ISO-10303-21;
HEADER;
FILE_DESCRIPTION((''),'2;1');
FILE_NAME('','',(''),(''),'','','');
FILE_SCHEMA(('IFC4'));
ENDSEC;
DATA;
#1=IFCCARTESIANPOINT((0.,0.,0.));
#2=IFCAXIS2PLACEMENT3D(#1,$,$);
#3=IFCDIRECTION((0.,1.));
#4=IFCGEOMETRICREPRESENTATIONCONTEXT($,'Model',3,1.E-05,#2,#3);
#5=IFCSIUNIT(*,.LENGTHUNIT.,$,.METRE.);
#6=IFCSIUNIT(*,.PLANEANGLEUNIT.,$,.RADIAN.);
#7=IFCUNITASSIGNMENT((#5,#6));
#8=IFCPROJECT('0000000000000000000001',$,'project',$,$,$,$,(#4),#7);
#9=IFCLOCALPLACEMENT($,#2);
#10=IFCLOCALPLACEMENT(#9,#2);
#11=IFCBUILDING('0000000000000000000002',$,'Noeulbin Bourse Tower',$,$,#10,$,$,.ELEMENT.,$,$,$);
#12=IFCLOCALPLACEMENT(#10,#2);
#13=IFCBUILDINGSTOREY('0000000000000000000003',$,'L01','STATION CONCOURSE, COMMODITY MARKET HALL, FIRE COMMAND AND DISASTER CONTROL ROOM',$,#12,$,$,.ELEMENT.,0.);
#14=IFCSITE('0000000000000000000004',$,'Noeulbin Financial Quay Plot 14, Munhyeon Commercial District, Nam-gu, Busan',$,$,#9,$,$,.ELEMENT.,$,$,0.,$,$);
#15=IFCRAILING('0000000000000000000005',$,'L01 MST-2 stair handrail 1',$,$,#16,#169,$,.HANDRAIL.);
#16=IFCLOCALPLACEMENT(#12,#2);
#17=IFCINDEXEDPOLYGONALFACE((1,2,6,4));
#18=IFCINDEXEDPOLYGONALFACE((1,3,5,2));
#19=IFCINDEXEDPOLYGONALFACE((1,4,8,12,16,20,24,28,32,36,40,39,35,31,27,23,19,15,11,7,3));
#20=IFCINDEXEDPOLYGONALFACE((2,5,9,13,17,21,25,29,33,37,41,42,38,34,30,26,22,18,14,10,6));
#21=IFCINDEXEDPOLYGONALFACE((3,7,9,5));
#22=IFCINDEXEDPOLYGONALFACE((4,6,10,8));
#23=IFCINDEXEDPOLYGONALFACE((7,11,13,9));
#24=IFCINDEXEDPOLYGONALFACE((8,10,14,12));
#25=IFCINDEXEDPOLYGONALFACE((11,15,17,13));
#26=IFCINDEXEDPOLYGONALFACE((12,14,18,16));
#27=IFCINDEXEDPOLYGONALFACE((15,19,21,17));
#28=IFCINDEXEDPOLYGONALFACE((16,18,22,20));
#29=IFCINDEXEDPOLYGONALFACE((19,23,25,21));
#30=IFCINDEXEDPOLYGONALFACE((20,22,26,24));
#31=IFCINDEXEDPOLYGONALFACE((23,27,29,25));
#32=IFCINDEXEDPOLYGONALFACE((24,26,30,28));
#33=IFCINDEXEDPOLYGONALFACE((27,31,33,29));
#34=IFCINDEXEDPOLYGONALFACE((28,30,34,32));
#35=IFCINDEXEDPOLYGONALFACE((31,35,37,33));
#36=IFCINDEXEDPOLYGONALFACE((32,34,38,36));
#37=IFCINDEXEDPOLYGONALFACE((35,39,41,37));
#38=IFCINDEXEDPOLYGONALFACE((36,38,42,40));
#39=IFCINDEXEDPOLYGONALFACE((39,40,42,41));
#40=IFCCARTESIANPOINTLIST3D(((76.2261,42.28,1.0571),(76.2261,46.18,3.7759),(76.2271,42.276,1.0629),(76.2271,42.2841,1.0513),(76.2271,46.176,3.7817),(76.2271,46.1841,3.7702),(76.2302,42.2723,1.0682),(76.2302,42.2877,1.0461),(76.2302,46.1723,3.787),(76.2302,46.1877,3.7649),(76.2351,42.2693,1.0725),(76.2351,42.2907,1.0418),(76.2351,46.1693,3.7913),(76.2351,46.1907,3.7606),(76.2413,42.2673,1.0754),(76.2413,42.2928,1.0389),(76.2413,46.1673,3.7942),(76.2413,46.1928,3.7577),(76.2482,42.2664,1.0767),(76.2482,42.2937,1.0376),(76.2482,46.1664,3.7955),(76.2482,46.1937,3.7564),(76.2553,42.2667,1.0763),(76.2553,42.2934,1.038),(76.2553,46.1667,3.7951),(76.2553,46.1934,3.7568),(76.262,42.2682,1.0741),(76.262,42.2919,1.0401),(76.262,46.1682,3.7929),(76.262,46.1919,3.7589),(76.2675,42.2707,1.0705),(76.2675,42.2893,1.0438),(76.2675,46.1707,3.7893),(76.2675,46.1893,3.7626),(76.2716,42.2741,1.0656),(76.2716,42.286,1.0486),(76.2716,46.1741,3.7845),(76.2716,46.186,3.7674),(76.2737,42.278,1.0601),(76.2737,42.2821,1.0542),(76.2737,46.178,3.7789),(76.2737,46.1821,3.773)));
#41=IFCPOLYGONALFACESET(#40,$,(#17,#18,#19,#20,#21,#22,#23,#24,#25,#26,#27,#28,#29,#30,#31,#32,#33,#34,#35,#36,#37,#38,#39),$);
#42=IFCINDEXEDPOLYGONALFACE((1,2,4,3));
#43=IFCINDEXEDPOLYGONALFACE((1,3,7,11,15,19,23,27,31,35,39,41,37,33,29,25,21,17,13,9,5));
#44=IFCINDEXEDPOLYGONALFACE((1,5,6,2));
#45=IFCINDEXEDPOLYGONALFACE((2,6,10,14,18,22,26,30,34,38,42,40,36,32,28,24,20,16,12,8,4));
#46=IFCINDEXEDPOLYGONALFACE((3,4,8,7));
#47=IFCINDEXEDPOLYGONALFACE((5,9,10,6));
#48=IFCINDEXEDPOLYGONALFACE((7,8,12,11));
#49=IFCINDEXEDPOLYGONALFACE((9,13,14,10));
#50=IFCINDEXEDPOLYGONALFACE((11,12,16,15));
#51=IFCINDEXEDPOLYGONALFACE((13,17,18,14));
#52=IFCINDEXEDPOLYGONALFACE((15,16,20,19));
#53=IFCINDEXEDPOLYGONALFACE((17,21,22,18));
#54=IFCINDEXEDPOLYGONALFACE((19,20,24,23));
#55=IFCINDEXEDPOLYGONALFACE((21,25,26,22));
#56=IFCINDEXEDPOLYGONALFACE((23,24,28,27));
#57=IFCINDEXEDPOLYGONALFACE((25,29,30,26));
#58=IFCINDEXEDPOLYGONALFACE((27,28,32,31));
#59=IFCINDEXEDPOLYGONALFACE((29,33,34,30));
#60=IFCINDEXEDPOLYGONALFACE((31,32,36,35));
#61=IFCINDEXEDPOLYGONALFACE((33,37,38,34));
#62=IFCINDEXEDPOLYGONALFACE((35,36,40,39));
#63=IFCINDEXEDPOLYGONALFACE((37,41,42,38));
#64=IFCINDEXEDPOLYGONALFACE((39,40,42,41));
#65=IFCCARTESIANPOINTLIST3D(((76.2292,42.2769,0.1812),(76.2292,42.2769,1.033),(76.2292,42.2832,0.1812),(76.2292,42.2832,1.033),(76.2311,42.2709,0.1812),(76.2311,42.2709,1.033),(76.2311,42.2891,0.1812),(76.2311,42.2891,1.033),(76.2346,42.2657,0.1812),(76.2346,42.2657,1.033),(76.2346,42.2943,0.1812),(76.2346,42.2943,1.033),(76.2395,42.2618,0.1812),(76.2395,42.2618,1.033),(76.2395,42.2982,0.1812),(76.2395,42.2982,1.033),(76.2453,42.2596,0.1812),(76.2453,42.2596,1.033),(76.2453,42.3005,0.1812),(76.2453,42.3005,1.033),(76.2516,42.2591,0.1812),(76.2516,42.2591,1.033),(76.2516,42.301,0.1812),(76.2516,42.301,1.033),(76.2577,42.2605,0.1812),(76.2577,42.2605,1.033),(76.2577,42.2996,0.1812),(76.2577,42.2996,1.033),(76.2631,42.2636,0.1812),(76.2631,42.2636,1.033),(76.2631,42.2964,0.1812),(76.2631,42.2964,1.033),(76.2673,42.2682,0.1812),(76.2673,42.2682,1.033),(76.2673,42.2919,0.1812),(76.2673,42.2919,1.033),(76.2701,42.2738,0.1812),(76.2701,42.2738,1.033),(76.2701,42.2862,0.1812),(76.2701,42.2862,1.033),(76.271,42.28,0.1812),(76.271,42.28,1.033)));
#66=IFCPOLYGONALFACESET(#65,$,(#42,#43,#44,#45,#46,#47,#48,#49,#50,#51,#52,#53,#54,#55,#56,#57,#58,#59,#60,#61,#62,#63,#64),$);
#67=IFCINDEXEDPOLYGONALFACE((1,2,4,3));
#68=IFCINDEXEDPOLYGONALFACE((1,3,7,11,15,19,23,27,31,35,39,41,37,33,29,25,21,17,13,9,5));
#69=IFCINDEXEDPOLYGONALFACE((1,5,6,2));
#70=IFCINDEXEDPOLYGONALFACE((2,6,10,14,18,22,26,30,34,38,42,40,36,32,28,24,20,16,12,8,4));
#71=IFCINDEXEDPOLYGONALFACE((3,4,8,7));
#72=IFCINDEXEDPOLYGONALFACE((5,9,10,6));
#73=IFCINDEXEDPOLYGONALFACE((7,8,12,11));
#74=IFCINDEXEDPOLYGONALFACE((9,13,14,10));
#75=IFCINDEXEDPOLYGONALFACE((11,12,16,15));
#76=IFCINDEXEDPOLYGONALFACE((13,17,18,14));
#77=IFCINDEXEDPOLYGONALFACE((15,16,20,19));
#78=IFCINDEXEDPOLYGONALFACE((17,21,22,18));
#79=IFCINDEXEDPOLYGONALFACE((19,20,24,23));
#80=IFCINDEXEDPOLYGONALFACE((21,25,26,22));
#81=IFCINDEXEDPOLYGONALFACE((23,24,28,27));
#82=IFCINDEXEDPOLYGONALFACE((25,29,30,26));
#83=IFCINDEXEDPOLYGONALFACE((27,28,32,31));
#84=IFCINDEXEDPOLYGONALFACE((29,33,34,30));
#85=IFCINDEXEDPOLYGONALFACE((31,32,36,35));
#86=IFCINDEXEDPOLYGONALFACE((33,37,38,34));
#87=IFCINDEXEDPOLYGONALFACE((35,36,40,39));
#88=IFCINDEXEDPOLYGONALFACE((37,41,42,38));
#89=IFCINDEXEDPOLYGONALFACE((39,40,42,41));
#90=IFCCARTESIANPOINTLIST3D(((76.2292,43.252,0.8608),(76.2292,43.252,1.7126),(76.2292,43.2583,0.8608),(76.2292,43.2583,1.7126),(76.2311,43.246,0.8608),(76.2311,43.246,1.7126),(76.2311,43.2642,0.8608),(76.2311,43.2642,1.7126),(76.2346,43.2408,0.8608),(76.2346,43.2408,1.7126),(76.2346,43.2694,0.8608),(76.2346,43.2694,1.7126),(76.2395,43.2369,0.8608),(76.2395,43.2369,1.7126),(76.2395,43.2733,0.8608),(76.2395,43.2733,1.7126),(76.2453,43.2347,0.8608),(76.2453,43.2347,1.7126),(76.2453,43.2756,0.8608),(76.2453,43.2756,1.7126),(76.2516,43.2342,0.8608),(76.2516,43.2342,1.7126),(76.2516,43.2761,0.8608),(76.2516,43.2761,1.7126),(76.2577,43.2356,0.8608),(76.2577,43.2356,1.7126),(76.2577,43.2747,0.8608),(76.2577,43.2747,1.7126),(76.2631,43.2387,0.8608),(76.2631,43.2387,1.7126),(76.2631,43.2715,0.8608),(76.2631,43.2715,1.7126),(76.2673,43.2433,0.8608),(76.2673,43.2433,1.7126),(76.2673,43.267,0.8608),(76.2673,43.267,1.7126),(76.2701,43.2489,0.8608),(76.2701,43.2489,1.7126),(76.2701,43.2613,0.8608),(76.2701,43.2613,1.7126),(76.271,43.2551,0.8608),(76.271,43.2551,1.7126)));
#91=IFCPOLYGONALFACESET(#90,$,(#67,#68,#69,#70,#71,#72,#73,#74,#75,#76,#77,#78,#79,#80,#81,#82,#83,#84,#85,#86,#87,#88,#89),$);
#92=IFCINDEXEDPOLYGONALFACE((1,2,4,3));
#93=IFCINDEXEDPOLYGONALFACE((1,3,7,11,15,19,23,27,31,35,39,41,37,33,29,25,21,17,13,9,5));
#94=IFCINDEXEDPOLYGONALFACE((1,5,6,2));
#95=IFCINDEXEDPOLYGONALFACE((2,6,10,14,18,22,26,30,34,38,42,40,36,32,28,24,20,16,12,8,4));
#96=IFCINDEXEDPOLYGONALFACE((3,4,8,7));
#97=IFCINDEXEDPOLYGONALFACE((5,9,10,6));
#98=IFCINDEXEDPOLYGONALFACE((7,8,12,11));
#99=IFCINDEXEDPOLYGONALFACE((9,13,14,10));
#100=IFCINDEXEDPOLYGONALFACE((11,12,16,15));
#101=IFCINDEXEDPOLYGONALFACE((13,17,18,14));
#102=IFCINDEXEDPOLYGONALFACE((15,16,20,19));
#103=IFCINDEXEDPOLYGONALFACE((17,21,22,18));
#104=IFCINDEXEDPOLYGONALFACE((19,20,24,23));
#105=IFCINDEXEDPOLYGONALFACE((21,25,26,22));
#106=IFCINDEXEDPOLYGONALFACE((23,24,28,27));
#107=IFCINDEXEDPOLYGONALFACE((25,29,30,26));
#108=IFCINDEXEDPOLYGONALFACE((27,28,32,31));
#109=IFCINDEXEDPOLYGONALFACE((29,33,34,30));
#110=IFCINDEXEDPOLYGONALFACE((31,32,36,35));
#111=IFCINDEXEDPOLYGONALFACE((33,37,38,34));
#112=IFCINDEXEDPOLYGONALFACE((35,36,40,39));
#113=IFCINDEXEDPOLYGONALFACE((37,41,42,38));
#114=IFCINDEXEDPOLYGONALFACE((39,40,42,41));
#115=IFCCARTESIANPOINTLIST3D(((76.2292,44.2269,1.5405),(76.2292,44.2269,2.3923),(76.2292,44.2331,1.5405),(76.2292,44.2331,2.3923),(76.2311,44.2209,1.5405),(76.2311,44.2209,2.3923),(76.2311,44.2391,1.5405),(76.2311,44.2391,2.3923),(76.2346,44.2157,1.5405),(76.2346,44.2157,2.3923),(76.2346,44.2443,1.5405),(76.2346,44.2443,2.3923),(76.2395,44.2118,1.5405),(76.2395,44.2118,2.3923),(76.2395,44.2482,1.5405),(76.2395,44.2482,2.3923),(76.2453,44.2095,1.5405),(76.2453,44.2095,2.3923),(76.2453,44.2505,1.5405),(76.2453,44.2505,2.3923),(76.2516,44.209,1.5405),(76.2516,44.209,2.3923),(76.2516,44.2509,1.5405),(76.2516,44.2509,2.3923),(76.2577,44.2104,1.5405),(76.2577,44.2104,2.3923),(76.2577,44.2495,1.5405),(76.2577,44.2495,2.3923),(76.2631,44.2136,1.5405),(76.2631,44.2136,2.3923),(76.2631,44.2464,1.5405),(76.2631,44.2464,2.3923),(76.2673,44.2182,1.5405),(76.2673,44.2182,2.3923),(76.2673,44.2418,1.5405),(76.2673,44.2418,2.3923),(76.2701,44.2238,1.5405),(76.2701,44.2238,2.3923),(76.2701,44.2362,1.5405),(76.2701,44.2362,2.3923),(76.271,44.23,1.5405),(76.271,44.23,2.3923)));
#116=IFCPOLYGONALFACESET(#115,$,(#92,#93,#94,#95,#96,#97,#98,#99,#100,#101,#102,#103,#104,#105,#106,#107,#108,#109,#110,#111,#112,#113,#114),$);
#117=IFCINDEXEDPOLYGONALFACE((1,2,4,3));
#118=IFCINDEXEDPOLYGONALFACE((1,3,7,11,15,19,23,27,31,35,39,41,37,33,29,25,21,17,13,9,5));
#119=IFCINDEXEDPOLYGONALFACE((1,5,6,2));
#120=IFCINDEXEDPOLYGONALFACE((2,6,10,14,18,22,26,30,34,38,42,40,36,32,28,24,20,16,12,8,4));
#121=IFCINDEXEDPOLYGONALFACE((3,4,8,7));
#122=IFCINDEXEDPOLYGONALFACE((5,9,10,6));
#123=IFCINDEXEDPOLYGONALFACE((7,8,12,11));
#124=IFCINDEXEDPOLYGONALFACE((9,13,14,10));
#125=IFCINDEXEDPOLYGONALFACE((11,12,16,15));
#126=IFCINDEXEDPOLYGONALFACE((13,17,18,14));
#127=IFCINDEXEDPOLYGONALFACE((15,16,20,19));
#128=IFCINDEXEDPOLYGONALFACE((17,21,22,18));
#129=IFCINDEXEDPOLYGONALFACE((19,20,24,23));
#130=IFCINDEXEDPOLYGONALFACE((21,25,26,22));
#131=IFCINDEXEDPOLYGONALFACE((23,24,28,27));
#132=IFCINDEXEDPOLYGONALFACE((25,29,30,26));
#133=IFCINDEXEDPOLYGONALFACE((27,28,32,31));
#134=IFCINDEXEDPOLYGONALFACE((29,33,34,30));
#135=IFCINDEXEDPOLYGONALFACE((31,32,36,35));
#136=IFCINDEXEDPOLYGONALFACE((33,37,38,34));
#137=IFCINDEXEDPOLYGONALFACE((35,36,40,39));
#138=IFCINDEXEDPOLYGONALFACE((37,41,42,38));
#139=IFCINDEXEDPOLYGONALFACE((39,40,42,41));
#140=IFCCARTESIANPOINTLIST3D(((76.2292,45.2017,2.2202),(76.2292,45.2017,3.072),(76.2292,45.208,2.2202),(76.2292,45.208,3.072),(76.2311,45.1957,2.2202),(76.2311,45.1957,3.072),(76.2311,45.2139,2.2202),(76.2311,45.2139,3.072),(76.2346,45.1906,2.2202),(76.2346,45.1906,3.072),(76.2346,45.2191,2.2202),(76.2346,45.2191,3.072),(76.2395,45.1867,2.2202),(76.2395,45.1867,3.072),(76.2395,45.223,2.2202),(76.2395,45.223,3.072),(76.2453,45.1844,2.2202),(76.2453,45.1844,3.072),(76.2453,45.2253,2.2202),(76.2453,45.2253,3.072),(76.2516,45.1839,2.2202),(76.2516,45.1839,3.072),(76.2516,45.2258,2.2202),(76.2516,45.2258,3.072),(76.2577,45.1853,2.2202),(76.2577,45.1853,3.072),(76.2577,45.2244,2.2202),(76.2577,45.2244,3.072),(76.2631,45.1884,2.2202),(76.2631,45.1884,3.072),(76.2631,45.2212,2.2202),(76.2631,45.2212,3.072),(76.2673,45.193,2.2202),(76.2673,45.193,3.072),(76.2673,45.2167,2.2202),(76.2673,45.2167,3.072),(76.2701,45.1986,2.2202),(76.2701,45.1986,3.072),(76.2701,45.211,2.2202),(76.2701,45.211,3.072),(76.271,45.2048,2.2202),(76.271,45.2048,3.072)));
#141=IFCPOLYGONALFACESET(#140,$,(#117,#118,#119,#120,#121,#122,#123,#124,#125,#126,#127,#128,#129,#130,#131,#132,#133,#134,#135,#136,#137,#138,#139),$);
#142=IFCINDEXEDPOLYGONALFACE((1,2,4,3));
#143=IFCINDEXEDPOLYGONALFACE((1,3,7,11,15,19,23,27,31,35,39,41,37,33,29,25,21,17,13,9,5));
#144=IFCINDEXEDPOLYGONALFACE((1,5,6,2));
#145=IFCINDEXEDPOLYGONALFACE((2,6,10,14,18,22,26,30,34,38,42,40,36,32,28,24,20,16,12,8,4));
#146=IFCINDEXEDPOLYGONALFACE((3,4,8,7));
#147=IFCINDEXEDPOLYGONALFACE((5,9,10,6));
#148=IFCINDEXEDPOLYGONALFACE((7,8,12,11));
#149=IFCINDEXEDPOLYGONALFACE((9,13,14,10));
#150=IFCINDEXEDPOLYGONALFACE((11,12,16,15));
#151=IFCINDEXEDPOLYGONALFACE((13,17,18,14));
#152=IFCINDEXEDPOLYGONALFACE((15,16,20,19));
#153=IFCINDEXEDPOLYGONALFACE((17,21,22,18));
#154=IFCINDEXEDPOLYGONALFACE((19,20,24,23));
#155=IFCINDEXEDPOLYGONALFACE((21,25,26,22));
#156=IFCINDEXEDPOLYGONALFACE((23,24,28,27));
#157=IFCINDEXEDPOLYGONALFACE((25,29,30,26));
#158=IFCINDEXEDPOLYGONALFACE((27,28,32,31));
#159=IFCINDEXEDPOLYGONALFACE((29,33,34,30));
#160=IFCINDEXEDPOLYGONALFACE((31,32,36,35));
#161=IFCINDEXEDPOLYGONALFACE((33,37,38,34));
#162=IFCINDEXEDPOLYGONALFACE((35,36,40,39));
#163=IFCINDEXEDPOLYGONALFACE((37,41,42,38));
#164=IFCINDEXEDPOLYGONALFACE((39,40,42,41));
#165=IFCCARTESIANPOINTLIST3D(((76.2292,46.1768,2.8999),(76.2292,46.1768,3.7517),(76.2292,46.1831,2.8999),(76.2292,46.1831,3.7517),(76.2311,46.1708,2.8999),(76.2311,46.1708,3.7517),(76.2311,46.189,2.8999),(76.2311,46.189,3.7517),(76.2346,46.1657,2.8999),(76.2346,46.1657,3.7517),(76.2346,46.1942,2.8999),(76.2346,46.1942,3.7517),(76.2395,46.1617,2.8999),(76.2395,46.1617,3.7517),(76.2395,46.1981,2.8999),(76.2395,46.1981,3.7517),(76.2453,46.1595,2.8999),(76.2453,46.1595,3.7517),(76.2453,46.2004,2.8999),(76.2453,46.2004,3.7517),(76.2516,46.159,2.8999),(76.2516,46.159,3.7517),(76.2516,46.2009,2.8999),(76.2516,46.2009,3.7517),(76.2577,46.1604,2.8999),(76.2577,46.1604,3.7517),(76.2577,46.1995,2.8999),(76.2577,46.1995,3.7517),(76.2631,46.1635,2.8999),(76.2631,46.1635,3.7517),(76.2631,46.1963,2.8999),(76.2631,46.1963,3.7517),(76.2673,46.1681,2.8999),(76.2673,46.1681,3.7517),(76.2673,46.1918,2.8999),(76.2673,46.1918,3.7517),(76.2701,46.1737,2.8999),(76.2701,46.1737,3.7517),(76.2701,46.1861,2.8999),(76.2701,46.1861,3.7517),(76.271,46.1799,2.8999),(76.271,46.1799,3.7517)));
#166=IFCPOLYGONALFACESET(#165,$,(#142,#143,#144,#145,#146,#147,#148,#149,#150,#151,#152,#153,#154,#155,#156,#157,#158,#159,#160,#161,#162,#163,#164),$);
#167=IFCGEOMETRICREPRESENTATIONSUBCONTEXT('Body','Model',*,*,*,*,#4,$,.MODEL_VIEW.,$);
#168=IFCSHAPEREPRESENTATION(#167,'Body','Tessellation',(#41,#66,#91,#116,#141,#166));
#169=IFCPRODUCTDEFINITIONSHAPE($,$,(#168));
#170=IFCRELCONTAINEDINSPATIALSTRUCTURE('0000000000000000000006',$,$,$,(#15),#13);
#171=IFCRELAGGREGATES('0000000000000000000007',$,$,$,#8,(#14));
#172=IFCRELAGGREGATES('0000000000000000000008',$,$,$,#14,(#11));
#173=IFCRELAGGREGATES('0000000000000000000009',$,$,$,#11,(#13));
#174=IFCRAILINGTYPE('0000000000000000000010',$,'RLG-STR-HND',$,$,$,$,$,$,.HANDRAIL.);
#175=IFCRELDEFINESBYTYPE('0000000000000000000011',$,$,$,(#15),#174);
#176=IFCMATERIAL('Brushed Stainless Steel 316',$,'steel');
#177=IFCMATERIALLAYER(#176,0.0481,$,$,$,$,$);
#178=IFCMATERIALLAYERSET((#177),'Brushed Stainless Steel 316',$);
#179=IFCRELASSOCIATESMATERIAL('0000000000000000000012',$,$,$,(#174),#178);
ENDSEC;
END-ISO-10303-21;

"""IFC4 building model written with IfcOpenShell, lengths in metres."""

from ifc_helpers import new_model, si_unit, direction, frame, origin, origin_2d, place, context, subcontext, project, spatial, circle, extrude, material, layer, layer_set, type_object, element, save


model = new_model("IFC4")

# Units and contexts
model_context = context("Model", 3, precision=1e-05, world=origin(), true_north=direction((0.0, 1.0)))
body_context = subcontext(model_context, "Body", "Model", "MODEL_VIEW")
ifc_project = project(units=[si_unit("LENGTHUNIT", "METRE"), si_unit("PLANEANGLEUNIT", "RADIAN")], contexts=[model_context])

# Site, building, storey
site_placement = place(None, origin())
site = spatial("IfcSite", under=ifc_project, at=site_placement, Name="Noeulbin Financial Quay Plot 14, Munhyeon Commercial District, Nam-gu, Busan", CompositionType="ELEMENT", RefElevation=0.0)
building_placement = place(site_placement, origin())
building = spatial("IfcBuilding", under=site, at=building_placement, Name="Noeulbin Bourse Tower", CompositionType="ELEMENT")
storey_placement = place(building_placement, origin())
storey = spatial("IfcBuildingStorey", under=building, at=storey_placement, Name="L01", Description="STATION CONCOURSE, COMMODITY MARKET HALL, FIRE COMMAND AND DISASTER CONTROL ROOM", CompositionType="ELEMENT", Elevation=0.0)

# Railing
ifc_material_1 = material(Name="Brushed Stainless Steel 316", Category="steel")
ifc_layer_1 = layer(ifc_material_1, 0.0481)
ifc_layer_set_1 = layer_set([ifc_layer_1], Name="Brushed Stainless Steel 316")
railing_type_1 = type_object("IfcRailingType", Name="RLG-STR-HND", PredefinedType="HANDRAIL", material=ifc_layer_set_1)
railing_1_placement = place(storey_placement, frame((76.25, 42.28, 0.1812)))
element("IfcRailing", 1, at=railing_1_placement, inside=storey, type_object=railing_type_1, Name="L01 MST-2 stair handrail 1", PredefinedType="HANDRAIL", context=body_context, shape_type="SweptSolid", body=[
    extrude(circle(Radius=0.0239, at=origin_2d()), frame((0.0, 0.0, 0.876), z_axis=(0.0, 0.820335, 0.571883), x_axis=(-1.0, 0.0, 0.0)), (0.0, 0.0, 1.0), 4.7542),
    extrude(circle(Radius=0.021, at=origin_2d()), origin(), (0.0, 0.0, 1.0), 0.8518),
    extrude(circle(Radius=0.021, at=origin_2d()), frame((0.0, 0.9751, 0.6797)), (0.0, 0.0, 1.0), 0.8518),
    extrude(circle(Radius=0.021, at=origin_2d()), frame((0.0, 1.95, 1.3594)), (0.0, 0.0, 1.0), 0.8518),
    extrude(circle(Radius=0.021, at=origin_2d()), frame((0.0, 2.9248, 2.0391)), (0.0, 0.0, 1.0), 0.8518),
    extrude(circle(Radius=0.021, at=origin_2d()), frame((0.0, 3.8999, 2.7188)), (0.0, 0.0, 1.0), 0.8518),
])

save(model, "model.ifc")
